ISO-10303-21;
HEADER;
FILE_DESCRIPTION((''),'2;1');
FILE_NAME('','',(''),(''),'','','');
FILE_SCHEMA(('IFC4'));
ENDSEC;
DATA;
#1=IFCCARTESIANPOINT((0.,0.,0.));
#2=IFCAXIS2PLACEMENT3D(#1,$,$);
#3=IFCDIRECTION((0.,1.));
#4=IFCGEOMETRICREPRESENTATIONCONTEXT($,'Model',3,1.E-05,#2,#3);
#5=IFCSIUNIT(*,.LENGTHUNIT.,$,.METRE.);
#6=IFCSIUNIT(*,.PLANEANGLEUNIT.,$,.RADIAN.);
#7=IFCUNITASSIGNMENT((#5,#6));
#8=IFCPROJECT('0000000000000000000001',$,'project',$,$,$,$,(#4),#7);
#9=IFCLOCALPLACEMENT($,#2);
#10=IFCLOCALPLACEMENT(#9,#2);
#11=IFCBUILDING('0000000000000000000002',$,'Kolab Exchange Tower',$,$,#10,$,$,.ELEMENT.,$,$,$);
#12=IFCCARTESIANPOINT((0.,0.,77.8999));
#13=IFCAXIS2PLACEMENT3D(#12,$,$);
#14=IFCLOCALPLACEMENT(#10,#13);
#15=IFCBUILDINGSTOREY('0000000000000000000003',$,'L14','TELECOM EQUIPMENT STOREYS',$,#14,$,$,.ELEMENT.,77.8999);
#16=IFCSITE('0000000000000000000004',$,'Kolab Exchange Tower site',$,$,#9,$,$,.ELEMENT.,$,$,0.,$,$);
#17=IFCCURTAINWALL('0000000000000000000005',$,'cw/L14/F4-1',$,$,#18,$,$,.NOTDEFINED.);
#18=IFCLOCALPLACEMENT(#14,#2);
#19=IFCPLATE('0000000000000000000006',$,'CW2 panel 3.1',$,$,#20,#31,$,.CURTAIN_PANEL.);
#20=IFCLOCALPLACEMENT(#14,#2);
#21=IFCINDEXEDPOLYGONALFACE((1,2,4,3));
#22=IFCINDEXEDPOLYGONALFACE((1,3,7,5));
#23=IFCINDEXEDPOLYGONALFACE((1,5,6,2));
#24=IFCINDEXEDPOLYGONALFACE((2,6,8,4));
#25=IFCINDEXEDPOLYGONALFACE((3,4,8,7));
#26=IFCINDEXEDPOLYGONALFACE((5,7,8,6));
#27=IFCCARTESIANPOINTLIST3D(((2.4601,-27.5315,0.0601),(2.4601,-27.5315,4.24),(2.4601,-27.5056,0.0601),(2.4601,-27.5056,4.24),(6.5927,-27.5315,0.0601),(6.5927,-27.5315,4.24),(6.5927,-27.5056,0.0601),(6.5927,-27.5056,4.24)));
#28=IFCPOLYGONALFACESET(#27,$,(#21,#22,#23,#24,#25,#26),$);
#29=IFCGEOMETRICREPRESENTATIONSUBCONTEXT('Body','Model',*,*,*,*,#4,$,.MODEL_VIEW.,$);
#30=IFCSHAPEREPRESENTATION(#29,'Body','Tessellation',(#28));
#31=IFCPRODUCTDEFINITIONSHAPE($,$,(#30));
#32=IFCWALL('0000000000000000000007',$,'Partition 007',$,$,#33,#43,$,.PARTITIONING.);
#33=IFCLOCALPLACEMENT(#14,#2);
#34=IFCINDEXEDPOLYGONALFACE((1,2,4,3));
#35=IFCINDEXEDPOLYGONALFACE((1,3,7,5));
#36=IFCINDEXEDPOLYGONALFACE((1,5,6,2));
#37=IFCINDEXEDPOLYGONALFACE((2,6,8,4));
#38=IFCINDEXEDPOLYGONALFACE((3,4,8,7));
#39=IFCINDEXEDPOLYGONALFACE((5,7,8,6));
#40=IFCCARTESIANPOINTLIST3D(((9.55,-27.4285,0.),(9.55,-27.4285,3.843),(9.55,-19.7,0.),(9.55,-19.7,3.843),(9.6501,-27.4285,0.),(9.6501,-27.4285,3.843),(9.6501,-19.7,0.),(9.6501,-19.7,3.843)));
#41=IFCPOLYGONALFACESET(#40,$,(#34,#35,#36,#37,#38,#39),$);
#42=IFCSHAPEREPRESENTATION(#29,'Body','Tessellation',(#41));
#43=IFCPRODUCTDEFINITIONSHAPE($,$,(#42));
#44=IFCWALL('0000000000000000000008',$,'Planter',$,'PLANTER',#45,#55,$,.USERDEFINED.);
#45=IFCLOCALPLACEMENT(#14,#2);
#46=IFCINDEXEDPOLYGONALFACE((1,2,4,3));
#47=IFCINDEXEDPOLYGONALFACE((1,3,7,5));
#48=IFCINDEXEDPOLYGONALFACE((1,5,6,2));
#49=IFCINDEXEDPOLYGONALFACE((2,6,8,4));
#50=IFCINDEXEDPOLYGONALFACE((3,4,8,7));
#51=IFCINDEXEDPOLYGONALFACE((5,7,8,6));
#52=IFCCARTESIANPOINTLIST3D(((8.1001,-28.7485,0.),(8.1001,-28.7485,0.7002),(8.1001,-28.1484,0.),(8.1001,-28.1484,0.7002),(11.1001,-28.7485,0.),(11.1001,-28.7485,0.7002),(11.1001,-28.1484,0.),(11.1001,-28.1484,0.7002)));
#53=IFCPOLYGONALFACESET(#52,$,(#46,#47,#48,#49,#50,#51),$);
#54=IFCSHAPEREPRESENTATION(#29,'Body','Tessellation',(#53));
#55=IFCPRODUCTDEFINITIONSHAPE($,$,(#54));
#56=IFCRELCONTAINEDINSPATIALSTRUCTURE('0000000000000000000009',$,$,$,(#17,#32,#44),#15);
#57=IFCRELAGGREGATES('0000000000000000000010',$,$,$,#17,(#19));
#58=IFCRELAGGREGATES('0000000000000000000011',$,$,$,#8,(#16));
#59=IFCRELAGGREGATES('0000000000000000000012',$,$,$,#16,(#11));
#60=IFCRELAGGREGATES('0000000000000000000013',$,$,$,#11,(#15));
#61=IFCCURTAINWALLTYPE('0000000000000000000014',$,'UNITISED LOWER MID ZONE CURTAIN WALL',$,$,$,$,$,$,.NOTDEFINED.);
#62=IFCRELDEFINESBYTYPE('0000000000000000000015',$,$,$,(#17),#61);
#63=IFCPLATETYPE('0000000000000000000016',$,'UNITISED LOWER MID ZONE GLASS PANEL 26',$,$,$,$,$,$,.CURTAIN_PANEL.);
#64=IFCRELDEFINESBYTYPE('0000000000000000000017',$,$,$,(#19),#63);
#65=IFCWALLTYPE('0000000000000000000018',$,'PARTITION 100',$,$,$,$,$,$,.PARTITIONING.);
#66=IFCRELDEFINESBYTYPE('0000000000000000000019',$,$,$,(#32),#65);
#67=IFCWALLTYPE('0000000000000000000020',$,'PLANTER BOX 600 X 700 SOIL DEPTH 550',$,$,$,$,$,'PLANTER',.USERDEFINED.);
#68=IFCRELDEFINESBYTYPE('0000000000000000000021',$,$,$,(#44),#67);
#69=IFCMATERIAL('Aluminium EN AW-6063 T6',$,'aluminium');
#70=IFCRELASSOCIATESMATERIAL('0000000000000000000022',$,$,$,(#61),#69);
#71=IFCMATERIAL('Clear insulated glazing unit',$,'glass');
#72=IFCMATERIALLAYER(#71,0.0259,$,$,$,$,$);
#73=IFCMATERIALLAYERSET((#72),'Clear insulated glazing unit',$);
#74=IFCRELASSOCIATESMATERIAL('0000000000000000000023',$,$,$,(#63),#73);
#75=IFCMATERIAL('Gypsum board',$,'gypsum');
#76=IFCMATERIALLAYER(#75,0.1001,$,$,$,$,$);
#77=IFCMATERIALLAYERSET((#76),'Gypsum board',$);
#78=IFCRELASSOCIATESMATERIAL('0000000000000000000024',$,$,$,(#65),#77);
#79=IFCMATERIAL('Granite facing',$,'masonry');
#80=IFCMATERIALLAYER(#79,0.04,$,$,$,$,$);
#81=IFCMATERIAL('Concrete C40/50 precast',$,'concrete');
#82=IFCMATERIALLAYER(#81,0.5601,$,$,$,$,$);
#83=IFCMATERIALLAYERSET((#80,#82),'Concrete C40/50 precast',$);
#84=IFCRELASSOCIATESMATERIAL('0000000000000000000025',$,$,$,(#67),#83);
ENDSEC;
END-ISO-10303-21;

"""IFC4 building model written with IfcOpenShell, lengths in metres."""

from ifc_helpers import new_model, si_unit, direction, frame, frame_2d, origin, origin_2d, place, context, subcontext, project, spatial, rectangle, extrude, material, layer, layer_set, type_object, element, aggregate, save


model = new_model("IFC4")

# Units and contexts
model_context = context("Model", 3, precision=1e-05, world=origin(), true_north=direction((0.0, 1.0)))
body_context = subcontext(model_context, "Body", "Model", "MODEL_VIEW")
ifc_project = project(units=[si_unit("LENGTHUNIT", "METRE"), si_unit("PLANEANGLEUNIT", "RADIAN")], contexts=[model_context])

# Site, building, storey
site_placement = place(None, origin())
site = spatial("IfcSite", under=ifc_project, at=site_placement, Name="Kolab Exchange Tower site", CompositionType="ELEMENT", RefElevation=0.0)
building_placement = place(site_placement, origin())
building = spatial("IfcBuilding", under=site, at=building_placement, Name="Kolab Exchange Tower", CompositionType="ELEMENT")
storey_placement = place(building_placement, frame((0.0, 0.0, 77.8999)))
storey = spatial("IfcBuildingStorey", under=building, at=storey_placement, Name="L14", Description="TELECOM EQUIPMENT STOREYS", CompositionType="ELEMENT", Elevation=77.8999)

# Curtain wall, plate
ifc_material_1 = material(Name="Aluminium EN AW-6063 T6", Category="aluminium")
curtain_wall_type = type_object("IfcCurtainWallType", Name="UNITISED LOWER MID ZONE CURTAIN WALL", PredefinedType="NOTDEFINED", material=ifc_material_1)
curtain_wall_placement = place(storey_placement, origin())
curtain_wall = element("IfcCurtainWall", 1, at=curtain_wall_placement, inside=storey, type_object=curtain_wall_type, Name="cw/L14/F4-1", PredefinedType="NOTDEFINED")
ifc_material_2 = material(Name="Clear insulated glazing unit", Category="glass")
ifc_layer_1 = layer(ifc_material_2, 0.0259)
ifc_layer_set_1 = layer_set([ifc_layer_1], Name="Clear insulated glazing unit")
plate_type = type_object("IfcPlateType", Name="UNITISED LOWER MID ZONE GLASS PANEL 26", PredefinedType="CURTAIN_PANEL", material=ifc_layer_set_1)
plate_1_placement = place(storey_placement, frame((4.5264, -27.5186, 0.0601), z_axis=(0.0, 0.0, 1.0), x_axis=(-1.0, 0.0, 0.0)))
plate_1 = element("IfcPlate", 2, at=plate_1_placement, type_object=plate_type, Name="CW2 panel 3.1", PredefinedType="CURTAIN_PANEL", context=body_context, shape_type="SweptSolid", body=[
    extrude(rectangle(XDim=4.1326, YDim=0.0259, at=origin_2d()), origin(), (0.0, 0.0, 1.0), 4.1799),
])
aggregate(curtain_wall, [plate_1])

# Walls
ifc_material_3 = material(Name="Gypsum board", Category="gypsum")
ifc_layer_2 = layer(ifc_material_3, 0.1001)
ifc_layer_set_2 = layer_set([ifc_layer_2], Name="Gypsum board")
wall_type_1 = type_object("IfcWallType", Name="PARTITION 100", PredefinedType="PARTITIONING", material=ifc_layer_set_2)
wall_1_placement = place(storey_placement, frame((9.6001, -27.4285, 0.0), z_axis=(0.0, 0.0, 1.0), x_axis=(0.0, 1.0, 0.0)))
element("IfcWall", 3, at=wall_1_placement, inside=storey, type_object=wall_type_1, Name="Partition 007", PredefinedType="PARTITIONING", context=body_context, shape_type="SweptSolid", body=[
    extrude(rectangle(XDim=7.7285, YDim=0.1001, at=frame_2d((3.8643, 0.0))), origin(), (0.0, 0.0, 1.0), 3.843),
])
ifc_material_4 = material(Name="Granite facing", Category="masonry")
ifc_layer_3 = layer(ifc_material_4, 0.04)
ifc_material_5 = material(Name="Concrete C40/50 precast", Category="concrete")
ifc_layer_4 = layer(ifc_material_5, 0.5601)
ifc_layer_set_3 = layer_set([ifc_layer_3, ifc_layer_4], Name="Concrete C40/50 precast")
wall_type_2 = type_object("IfcWallType", Name="PLANTER BOX 600 X 700 SOIL DEPTH 550", ElementType="PLANTER", PredefinedType="USERDEFINED", material=ifc_layer_set_3)
wall_2_placement = place(storey_placement, frame((11.1001, -28.4485, 0.0), z_axis=(0.0, 0.0, 1.0), x_axis=(-1.0, 0.0, 0.0)))
element("IfcWall", 4, at=wall_2_placement, inside=storey, type_object=wall_type_2, Name="Planter", ObjectType="PLANTER", PredefinedType="USERDEFINED", context=body_context, shape_type="SweptSolid", body=[
    extrude(rectangle(XDim=3.0, YDim=0.6001, at=frame_2d((1.5, 0.0))), origin(), (0.0, 0.0, 1.0), 0.7002),
])

save(model, "model.ifc")
